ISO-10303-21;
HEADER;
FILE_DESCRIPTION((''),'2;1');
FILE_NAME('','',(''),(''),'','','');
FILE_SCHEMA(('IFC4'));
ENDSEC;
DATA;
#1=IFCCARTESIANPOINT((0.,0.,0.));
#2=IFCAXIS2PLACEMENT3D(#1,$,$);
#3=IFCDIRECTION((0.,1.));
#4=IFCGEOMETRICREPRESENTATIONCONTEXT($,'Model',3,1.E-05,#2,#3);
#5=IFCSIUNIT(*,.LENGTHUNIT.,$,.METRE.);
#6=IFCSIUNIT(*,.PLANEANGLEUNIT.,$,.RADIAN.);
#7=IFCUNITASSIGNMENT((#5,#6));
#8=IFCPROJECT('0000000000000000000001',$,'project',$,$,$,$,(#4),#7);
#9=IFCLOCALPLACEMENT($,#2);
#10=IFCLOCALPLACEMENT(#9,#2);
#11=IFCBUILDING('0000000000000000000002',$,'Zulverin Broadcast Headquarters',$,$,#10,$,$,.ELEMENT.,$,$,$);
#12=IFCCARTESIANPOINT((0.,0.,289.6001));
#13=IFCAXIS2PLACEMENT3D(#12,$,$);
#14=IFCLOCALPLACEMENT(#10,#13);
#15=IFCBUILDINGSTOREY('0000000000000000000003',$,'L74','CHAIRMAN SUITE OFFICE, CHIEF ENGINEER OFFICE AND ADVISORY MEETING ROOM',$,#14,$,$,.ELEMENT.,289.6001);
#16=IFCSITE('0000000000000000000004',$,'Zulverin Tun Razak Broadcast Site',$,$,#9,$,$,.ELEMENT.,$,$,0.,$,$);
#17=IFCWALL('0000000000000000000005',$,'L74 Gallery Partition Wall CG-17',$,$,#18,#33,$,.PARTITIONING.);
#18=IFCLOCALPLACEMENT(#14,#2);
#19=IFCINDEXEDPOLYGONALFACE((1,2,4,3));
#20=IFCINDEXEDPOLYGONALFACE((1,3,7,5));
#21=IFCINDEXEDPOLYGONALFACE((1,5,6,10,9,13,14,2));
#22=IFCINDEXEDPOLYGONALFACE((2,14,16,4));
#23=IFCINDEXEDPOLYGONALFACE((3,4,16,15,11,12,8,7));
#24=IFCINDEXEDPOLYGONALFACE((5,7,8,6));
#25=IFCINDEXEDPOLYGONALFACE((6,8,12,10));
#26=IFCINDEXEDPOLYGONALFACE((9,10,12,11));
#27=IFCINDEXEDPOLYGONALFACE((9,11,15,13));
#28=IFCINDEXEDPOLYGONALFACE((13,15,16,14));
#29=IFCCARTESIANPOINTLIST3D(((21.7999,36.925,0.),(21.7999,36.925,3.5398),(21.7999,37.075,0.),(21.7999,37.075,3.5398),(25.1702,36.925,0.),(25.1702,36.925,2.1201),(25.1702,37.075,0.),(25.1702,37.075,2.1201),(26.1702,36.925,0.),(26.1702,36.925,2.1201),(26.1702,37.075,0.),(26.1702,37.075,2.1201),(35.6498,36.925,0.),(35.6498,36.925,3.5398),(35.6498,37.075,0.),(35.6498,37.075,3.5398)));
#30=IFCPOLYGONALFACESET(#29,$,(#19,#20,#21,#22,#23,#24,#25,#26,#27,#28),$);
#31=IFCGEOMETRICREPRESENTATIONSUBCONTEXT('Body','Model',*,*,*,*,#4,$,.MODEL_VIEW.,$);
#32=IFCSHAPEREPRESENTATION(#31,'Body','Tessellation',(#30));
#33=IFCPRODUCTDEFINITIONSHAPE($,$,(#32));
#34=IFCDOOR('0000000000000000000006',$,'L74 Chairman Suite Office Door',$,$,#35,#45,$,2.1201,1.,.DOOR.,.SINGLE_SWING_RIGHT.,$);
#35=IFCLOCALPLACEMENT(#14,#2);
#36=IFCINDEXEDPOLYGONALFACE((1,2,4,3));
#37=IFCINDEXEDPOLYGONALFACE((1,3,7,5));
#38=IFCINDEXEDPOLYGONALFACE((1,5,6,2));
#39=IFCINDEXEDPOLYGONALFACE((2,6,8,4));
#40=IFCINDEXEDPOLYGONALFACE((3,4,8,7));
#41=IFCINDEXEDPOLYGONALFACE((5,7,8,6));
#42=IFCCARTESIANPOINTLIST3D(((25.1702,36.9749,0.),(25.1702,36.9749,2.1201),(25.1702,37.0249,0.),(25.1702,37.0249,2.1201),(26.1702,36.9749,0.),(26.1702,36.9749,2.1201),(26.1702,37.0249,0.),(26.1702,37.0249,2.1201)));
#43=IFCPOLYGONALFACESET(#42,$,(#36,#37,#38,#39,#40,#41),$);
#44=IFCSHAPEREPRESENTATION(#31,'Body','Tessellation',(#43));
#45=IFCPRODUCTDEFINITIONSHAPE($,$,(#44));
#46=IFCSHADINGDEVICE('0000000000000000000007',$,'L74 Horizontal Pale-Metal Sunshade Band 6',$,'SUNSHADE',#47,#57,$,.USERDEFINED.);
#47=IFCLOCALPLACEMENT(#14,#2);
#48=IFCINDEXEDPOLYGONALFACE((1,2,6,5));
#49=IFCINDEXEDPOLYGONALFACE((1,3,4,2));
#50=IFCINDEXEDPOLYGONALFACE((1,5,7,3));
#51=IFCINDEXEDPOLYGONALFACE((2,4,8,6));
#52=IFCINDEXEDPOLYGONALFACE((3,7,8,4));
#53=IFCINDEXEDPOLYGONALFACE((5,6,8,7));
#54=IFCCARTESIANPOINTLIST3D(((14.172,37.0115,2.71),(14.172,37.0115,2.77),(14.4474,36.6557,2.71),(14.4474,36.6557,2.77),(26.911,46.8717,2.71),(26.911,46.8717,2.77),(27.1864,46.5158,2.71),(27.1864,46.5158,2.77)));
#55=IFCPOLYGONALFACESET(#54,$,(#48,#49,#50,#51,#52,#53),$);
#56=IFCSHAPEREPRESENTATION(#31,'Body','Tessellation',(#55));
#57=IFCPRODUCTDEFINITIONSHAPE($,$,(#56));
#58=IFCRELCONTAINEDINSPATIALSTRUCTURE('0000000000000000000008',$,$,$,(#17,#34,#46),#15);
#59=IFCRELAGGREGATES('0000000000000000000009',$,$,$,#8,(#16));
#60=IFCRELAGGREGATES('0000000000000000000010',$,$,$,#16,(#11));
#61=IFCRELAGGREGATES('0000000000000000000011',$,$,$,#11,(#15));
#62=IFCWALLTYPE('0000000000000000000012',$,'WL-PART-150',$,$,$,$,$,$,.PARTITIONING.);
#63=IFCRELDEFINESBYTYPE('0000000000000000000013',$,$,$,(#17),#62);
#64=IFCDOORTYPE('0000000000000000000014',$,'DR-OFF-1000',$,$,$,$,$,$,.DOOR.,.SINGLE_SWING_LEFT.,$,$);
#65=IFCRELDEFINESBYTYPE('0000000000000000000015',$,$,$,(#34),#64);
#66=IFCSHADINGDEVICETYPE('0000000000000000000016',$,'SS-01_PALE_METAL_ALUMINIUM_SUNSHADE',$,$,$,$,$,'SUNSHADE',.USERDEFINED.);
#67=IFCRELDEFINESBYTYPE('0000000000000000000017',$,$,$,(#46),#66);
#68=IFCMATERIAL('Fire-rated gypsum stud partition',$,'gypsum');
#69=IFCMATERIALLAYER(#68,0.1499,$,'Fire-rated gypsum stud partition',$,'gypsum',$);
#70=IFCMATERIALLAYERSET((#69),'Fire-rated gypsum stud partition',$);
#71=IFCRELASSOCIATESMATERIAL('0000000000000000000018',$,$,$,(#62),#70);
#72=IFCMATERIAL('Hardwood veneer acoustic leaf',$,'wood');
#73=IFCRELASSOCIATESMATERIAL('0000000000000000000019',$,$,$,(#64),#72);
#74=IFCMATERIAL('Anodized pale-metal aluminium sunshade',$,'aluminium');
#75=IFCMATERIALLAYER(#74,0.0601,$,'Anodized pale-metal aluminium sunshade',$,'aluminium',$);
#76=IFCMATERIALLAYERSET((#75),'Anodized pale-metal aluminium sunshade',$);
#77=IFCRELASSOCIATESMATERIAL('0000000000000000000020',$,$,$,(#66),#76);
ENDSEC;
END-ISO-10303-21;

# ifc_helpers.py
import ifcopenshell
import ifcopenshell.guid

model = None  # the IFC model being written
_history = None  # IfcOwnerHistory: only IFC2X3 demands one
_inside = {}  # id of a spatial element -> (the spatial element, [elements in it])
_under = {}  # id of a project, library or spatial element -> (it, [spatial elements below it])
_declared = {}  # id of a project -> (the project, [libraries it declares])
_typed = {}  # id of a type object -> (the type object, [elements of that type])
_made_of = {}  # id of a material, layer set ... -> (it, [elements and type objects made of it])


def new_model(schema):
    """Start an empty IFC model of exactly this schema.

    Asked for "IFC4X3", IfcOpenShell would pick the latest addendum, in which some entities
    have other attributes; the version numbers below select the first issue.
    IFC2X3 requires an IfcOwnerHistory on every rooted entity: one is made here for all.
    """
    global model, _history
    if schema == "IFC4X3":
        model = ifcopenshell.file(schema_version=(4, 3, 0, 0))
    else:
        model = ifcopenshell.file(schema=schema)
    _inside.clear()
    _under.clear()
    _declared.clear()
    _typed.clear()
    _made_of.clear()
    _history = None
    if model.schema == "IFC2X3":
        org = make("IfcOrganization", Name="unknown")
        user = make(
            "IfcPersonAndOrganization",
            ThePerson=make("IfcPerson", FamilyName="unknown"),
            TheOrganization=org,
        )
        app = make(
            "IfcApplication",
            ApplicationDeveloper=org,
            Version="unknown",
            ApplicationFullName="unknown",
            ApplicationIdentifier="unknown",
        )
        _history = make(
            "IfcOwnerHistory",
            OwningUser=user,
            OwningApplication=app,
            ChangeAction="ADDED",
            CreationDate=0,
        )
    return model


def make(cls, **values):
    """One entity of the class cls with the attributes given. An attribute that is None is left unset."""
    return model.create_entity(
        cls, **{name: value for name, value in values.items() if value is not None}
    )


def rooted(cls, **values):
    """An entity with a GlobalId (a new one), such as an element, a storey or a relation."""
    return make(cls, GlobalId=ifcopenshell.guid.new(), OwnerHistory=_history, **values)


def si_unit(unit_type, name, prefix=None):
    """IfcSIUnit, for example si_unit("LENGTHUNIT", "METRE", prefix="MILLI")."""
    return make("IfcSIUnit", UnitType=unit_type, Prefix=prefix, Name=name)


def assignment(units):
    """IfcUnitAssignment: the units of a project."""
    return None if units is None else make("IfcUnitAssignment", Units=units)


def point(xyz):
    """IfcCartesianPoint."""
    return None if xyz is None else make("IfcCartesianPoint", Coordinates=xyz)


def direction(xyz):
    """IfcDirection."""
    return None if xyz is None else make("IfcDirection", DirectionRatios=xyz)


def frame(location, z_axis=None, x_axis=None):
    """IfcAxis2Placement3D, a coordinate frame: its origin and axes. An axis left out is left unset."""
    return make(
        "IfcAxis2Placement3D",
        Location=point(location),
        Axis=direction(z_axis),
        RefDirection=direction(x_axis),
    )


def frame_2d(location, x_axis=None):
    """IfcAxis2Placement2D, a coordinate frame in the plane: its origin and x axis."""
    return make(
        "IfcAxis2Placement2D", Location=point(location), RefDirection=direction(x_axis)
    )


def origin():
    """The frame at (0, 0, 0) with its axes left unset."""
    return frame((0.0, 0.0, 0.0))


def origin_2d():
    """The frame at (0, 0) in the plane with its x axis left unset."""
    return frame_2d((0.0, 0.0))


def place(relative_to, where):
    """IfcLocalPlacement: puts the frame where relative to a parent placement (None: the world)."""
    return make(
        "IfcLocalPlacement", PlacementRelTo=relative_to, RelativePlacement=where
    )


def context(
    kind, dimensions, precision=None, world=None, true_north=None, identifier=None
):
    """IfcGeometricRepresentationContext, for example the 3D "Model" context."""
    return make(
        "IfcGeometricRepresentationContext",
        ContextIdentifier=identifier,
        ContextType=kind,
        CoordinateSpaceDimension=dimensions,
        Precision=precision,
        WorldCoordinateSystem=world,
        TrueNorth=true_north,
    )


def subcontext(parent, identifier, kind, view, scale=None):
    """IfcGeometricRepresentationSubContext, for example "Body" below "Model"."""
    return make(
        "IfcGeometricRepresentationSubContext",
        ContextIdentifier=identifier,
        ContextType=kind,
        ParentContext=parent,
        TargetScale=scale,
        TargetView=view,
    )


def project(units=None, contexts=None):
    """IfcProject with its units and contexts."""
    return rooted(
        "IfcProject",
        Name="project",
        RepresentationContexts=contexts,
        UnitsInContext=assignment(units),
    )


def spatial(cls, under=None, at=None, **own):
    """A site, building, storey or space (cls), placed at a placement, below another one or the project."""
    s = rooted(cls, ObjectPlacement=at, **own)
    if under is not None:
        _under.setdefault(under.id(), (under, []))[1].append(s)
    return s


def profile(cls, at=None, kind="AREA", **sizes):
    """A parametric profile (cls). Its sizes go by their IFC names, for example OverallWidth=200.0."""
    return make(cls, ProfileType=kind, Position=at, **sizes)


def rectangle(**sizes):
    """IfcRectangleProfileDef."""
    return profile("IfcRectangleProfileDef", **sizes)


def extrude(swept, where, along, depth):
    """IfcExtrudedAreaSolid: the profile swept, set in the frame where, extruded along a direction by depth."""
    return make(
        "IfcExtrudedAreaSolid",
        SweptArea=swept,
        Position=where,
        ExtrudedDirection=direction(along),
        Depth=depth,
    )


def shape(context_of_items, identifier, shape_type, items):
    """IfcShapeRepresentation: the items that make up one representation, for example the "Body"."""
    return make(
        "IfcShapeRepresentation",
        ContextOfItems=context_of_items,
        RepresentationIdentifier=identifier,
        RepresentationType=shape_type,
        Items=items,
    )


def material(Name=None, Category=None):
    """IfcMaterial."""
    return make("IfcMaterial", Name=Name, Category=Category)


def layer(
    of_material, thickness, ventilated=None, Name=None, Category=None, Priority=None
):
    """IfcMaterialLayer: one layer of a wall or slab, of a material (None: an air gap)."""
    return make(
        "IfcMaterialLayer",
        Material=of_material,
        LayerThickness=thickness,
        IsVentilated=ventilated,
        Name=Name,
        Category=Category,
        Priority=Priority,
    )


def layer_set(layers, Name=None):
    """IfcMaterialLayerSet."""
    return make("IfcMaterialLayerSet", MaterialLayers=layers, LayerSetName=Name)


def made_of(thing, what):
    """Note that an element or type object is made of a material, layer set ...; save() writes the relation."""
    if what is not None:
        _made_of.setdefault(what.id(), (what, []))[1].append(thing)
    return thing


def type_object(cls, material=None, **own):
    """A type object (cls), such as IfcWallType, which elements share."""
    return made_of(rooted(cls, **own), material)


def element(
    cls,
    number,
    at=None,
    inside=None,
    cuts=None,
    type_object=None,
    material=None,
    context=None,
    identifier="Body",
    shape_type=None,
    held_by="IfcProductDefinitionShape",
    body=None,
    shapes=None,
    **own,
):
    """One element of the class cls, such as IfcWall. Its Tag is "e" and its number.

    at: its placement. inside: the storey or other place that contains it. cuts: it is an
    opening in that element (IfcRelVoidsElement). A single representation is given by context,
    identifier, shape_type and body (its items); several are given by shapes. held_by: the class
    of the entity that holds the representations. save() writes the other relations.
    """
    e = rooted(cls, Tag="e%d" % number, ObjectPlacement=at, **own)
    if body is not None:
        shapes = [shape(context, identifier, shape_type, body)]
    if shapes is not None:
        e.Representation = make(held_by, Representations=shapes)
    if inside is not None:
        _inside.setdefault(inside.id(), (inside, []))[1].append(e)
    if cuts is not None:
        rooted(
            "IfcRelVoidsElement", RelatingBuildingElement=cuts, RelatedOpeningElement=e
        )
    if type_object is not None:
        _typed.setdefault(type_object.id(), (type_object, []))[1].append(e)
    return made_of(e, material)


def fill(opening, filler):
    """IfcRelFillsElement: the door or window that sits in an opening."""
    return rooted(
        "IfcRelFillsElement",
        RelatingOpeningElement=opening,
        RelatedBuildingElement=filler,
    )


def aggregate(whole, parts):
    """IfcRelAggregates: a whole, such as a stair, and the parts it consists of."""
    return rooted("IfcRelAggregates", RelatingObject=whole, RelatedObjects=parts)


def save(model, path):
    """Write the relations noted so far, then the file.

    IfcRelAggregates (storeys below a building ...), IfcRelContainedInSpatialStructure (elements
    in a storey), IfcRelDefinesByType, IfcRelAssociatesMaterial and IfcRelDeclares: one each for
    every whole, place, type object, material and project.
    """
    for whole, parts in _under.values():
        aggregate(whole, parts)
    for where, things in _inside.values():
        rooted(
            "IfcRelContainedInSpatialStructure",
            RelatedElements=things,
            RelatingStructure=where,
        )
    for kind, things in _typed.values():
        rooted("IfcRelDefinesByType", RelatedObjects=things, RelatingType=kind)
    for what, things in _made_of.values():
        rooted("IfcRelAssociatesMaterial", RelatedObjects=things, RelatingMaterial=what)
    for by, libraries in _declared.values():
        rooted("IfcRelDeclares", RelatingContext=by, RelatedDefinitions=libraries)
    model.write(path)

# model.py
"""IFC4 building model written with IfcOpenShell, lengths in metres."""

from ifc_helpers import new_model, si_unit, direction, frame, frame_2d, origin, origin_2d, place, context, subcontext, project, spatial, rectangle, extrude, material, layer, layer_set, type_object, element, fill, save


model = new_model("IFC4")

# Units and contexts
model_context = context("Model", 3, precision=1e-05, world=origin(), true_north=direction((0.0, 1.0)))
body_context = subcontext(model_context, "Body", "Model", "MODEL_VIEW")
ifc_project = project(units=[si_unit("LENGTHUNIT", "METRE"), si_unit("PLANEANGLEUNIT", "RADIAN")], contexts=[model_context])

# Site, building, storey
site_placement = place(None, origin())
site = spatial("IfcSite", under=ifc_project, at=site_placement, Name="Zulverin Tun Razak Broadcast Site", CompositionType="ELEMENT", RefElevation=0.0)
building_placement = place(site_placement, origin())
building = spatial("IfcBuilding", under=site, at=building_placement, Name="Zulverin Broadcast Headquarters", CompositionType="ELEMENT")
storey_placement = place(building_placement, frame((0.0, 0.0, 289.6001)))
storey = spatial("IfcBuildingStorey", under=building, at=storey_placement, Name="L74", Description="CHAIRMAN SUITE OFFICE, CHIEF ENGINEER OFFICE AND ADVISORY MEETING ROOM", CompositionType="ELEMENT", Elevation=289.6001)

# Shared definitions
ifc_material_1 = material(Name="Fire-rated gypsum stud partition", Category="gypsum")
ifc_layer_1 = layer(ifc_material_1, 0.1499, Name="Fire-rated gypsum stud partition", Category="gypsum")
ifc_layer_set_1 = layer_set([ifc_layer_1], Name="Fire-rated gypsum stud partition")
wall_type_1 = type_object("IfcWallType", Name="WL-PART-150", PredefinedType="PARTITIONING", material=ifc_layer_set_1)

# Wall, opening, door
wall_1_placement = place(storey_placement, frame((21.8, 37.0, 0.0), z_axis=(0.0, 0.0, 1.0), x_axis=(1.0, 0.0, 0.0)))
wall_1 = element("IfcWall", 1, at=wall_1_placement, inside=storey, type_object=wall_type_1, Name="L74 Gallery Partition Wall CG-17", PredefinedType="PARTITIONING", context=body_context, shape_type="SweptSolid", body=[
    extrude(rectangle(XDim=13.8499, YDim=0.1499, at=frame_2d((6.9248, 0.0))), origin(), (0.0, 0.0, 1.0), 3.5398),
])
opening_1_placement = place(wall_1_placement, frame((3.3701, 0.0, 0.0)))
opening_1 = element("IfcOpeningElement", 2, at=opening_1_placement, cuts=wall_1, PredefinedType="OPENING", context=body_context, shape_type="SweptSolid", body=[
    extrude(rectangle(XDim=1.0, YDim=2.1201, at=frame_2d((0.5, 1.0601))), frame((0.0, 0.085, 0.0), z_axis=(0.0, -1.0, 0.0), x_axis=(1.0, 0.0, 0.0)), (0.0, 0.0, 1.0), 0.1699),
])
ifc_material_2 = material(Name="Hardwood veneer acoustic leaf", Category="wood")
door_type_1 = type_object("IfcDoorType", Name="DR-OFF-1000", OperationType="SINGLE_SWING_LEFT", PredefinedType="DOOR", material=ifc_material_2)
door_1_placement = place(opening_1_placement, origin())
door_1 = element("IfcDoor", 3, at=door_1_placement, inside=storey, type_object=door_type_1, Name="L74 Chairman Suite Office Door", OperationType="SINGLE_SWING_RIGHT", OverallHeight=2.1201, OverallWidth=1.0, PredefinedType="DOOR", context=body_context, shape_type="SweptSolid", body=[
    extrude(rectangle(XDim=1.0, YDim=2.1201, at=frame_2d((0.5, 1.0601))), frame((0.0, 0.0249, 0.0), z_axis=(0.0, -1.0, 0.0), x_axis=(1.0, 0.0, 0.0)), (0.0, 0.0, 1.0), 0.05),
])
fill(opening_1, door_1)

# Shading device
ifc_material_3 = material(Name="Anodized pale-metal aluminium sunshade", Category="aluminium")
ifc_layer_2 = layer(ifc_material_3, 0.0601, Name="Anodized pale-metal aluminium sunshade", Category="aluminium")
ifc_layer_set_2 = layer_set([ifc_layer_2], Name="Anodized pale-metal aluminium sunshade")
shading_device_type = type_object("IfcShadingDeviceType", Name="SS-01_PALE_METAL_ALUMINIUM_SUNSHADE", ElementType="SUNSHADE", PredefinedType="USERDEFINED", material=ifc_layer_set_2)
shading_device_placement = place(storey_placement, frame((20.6792, 41.7637, 2.71), z_axis=(0.0, 0.0, 1.0), x_axis=(-0.790792, -0.612085, 0.0)))
element("IfcShadingDevice", 4, at=shading_device_placement, inside=storey, type_object=shading_device_type, Name="L74 Horizontal Pale-Metal Sunshade Band 6", ObjectType="SUNSHADE", PredefinedType="USERDEFINED", context=body_context, shape_type="SweptSolid", body=[
    extrude(rectangle(XDim=16.1091, YDim=0.45, at=origin_2d()), origin(), (0.0, 0.0, 1.0), 0.0601),
])

save(model, "model.ifc")
